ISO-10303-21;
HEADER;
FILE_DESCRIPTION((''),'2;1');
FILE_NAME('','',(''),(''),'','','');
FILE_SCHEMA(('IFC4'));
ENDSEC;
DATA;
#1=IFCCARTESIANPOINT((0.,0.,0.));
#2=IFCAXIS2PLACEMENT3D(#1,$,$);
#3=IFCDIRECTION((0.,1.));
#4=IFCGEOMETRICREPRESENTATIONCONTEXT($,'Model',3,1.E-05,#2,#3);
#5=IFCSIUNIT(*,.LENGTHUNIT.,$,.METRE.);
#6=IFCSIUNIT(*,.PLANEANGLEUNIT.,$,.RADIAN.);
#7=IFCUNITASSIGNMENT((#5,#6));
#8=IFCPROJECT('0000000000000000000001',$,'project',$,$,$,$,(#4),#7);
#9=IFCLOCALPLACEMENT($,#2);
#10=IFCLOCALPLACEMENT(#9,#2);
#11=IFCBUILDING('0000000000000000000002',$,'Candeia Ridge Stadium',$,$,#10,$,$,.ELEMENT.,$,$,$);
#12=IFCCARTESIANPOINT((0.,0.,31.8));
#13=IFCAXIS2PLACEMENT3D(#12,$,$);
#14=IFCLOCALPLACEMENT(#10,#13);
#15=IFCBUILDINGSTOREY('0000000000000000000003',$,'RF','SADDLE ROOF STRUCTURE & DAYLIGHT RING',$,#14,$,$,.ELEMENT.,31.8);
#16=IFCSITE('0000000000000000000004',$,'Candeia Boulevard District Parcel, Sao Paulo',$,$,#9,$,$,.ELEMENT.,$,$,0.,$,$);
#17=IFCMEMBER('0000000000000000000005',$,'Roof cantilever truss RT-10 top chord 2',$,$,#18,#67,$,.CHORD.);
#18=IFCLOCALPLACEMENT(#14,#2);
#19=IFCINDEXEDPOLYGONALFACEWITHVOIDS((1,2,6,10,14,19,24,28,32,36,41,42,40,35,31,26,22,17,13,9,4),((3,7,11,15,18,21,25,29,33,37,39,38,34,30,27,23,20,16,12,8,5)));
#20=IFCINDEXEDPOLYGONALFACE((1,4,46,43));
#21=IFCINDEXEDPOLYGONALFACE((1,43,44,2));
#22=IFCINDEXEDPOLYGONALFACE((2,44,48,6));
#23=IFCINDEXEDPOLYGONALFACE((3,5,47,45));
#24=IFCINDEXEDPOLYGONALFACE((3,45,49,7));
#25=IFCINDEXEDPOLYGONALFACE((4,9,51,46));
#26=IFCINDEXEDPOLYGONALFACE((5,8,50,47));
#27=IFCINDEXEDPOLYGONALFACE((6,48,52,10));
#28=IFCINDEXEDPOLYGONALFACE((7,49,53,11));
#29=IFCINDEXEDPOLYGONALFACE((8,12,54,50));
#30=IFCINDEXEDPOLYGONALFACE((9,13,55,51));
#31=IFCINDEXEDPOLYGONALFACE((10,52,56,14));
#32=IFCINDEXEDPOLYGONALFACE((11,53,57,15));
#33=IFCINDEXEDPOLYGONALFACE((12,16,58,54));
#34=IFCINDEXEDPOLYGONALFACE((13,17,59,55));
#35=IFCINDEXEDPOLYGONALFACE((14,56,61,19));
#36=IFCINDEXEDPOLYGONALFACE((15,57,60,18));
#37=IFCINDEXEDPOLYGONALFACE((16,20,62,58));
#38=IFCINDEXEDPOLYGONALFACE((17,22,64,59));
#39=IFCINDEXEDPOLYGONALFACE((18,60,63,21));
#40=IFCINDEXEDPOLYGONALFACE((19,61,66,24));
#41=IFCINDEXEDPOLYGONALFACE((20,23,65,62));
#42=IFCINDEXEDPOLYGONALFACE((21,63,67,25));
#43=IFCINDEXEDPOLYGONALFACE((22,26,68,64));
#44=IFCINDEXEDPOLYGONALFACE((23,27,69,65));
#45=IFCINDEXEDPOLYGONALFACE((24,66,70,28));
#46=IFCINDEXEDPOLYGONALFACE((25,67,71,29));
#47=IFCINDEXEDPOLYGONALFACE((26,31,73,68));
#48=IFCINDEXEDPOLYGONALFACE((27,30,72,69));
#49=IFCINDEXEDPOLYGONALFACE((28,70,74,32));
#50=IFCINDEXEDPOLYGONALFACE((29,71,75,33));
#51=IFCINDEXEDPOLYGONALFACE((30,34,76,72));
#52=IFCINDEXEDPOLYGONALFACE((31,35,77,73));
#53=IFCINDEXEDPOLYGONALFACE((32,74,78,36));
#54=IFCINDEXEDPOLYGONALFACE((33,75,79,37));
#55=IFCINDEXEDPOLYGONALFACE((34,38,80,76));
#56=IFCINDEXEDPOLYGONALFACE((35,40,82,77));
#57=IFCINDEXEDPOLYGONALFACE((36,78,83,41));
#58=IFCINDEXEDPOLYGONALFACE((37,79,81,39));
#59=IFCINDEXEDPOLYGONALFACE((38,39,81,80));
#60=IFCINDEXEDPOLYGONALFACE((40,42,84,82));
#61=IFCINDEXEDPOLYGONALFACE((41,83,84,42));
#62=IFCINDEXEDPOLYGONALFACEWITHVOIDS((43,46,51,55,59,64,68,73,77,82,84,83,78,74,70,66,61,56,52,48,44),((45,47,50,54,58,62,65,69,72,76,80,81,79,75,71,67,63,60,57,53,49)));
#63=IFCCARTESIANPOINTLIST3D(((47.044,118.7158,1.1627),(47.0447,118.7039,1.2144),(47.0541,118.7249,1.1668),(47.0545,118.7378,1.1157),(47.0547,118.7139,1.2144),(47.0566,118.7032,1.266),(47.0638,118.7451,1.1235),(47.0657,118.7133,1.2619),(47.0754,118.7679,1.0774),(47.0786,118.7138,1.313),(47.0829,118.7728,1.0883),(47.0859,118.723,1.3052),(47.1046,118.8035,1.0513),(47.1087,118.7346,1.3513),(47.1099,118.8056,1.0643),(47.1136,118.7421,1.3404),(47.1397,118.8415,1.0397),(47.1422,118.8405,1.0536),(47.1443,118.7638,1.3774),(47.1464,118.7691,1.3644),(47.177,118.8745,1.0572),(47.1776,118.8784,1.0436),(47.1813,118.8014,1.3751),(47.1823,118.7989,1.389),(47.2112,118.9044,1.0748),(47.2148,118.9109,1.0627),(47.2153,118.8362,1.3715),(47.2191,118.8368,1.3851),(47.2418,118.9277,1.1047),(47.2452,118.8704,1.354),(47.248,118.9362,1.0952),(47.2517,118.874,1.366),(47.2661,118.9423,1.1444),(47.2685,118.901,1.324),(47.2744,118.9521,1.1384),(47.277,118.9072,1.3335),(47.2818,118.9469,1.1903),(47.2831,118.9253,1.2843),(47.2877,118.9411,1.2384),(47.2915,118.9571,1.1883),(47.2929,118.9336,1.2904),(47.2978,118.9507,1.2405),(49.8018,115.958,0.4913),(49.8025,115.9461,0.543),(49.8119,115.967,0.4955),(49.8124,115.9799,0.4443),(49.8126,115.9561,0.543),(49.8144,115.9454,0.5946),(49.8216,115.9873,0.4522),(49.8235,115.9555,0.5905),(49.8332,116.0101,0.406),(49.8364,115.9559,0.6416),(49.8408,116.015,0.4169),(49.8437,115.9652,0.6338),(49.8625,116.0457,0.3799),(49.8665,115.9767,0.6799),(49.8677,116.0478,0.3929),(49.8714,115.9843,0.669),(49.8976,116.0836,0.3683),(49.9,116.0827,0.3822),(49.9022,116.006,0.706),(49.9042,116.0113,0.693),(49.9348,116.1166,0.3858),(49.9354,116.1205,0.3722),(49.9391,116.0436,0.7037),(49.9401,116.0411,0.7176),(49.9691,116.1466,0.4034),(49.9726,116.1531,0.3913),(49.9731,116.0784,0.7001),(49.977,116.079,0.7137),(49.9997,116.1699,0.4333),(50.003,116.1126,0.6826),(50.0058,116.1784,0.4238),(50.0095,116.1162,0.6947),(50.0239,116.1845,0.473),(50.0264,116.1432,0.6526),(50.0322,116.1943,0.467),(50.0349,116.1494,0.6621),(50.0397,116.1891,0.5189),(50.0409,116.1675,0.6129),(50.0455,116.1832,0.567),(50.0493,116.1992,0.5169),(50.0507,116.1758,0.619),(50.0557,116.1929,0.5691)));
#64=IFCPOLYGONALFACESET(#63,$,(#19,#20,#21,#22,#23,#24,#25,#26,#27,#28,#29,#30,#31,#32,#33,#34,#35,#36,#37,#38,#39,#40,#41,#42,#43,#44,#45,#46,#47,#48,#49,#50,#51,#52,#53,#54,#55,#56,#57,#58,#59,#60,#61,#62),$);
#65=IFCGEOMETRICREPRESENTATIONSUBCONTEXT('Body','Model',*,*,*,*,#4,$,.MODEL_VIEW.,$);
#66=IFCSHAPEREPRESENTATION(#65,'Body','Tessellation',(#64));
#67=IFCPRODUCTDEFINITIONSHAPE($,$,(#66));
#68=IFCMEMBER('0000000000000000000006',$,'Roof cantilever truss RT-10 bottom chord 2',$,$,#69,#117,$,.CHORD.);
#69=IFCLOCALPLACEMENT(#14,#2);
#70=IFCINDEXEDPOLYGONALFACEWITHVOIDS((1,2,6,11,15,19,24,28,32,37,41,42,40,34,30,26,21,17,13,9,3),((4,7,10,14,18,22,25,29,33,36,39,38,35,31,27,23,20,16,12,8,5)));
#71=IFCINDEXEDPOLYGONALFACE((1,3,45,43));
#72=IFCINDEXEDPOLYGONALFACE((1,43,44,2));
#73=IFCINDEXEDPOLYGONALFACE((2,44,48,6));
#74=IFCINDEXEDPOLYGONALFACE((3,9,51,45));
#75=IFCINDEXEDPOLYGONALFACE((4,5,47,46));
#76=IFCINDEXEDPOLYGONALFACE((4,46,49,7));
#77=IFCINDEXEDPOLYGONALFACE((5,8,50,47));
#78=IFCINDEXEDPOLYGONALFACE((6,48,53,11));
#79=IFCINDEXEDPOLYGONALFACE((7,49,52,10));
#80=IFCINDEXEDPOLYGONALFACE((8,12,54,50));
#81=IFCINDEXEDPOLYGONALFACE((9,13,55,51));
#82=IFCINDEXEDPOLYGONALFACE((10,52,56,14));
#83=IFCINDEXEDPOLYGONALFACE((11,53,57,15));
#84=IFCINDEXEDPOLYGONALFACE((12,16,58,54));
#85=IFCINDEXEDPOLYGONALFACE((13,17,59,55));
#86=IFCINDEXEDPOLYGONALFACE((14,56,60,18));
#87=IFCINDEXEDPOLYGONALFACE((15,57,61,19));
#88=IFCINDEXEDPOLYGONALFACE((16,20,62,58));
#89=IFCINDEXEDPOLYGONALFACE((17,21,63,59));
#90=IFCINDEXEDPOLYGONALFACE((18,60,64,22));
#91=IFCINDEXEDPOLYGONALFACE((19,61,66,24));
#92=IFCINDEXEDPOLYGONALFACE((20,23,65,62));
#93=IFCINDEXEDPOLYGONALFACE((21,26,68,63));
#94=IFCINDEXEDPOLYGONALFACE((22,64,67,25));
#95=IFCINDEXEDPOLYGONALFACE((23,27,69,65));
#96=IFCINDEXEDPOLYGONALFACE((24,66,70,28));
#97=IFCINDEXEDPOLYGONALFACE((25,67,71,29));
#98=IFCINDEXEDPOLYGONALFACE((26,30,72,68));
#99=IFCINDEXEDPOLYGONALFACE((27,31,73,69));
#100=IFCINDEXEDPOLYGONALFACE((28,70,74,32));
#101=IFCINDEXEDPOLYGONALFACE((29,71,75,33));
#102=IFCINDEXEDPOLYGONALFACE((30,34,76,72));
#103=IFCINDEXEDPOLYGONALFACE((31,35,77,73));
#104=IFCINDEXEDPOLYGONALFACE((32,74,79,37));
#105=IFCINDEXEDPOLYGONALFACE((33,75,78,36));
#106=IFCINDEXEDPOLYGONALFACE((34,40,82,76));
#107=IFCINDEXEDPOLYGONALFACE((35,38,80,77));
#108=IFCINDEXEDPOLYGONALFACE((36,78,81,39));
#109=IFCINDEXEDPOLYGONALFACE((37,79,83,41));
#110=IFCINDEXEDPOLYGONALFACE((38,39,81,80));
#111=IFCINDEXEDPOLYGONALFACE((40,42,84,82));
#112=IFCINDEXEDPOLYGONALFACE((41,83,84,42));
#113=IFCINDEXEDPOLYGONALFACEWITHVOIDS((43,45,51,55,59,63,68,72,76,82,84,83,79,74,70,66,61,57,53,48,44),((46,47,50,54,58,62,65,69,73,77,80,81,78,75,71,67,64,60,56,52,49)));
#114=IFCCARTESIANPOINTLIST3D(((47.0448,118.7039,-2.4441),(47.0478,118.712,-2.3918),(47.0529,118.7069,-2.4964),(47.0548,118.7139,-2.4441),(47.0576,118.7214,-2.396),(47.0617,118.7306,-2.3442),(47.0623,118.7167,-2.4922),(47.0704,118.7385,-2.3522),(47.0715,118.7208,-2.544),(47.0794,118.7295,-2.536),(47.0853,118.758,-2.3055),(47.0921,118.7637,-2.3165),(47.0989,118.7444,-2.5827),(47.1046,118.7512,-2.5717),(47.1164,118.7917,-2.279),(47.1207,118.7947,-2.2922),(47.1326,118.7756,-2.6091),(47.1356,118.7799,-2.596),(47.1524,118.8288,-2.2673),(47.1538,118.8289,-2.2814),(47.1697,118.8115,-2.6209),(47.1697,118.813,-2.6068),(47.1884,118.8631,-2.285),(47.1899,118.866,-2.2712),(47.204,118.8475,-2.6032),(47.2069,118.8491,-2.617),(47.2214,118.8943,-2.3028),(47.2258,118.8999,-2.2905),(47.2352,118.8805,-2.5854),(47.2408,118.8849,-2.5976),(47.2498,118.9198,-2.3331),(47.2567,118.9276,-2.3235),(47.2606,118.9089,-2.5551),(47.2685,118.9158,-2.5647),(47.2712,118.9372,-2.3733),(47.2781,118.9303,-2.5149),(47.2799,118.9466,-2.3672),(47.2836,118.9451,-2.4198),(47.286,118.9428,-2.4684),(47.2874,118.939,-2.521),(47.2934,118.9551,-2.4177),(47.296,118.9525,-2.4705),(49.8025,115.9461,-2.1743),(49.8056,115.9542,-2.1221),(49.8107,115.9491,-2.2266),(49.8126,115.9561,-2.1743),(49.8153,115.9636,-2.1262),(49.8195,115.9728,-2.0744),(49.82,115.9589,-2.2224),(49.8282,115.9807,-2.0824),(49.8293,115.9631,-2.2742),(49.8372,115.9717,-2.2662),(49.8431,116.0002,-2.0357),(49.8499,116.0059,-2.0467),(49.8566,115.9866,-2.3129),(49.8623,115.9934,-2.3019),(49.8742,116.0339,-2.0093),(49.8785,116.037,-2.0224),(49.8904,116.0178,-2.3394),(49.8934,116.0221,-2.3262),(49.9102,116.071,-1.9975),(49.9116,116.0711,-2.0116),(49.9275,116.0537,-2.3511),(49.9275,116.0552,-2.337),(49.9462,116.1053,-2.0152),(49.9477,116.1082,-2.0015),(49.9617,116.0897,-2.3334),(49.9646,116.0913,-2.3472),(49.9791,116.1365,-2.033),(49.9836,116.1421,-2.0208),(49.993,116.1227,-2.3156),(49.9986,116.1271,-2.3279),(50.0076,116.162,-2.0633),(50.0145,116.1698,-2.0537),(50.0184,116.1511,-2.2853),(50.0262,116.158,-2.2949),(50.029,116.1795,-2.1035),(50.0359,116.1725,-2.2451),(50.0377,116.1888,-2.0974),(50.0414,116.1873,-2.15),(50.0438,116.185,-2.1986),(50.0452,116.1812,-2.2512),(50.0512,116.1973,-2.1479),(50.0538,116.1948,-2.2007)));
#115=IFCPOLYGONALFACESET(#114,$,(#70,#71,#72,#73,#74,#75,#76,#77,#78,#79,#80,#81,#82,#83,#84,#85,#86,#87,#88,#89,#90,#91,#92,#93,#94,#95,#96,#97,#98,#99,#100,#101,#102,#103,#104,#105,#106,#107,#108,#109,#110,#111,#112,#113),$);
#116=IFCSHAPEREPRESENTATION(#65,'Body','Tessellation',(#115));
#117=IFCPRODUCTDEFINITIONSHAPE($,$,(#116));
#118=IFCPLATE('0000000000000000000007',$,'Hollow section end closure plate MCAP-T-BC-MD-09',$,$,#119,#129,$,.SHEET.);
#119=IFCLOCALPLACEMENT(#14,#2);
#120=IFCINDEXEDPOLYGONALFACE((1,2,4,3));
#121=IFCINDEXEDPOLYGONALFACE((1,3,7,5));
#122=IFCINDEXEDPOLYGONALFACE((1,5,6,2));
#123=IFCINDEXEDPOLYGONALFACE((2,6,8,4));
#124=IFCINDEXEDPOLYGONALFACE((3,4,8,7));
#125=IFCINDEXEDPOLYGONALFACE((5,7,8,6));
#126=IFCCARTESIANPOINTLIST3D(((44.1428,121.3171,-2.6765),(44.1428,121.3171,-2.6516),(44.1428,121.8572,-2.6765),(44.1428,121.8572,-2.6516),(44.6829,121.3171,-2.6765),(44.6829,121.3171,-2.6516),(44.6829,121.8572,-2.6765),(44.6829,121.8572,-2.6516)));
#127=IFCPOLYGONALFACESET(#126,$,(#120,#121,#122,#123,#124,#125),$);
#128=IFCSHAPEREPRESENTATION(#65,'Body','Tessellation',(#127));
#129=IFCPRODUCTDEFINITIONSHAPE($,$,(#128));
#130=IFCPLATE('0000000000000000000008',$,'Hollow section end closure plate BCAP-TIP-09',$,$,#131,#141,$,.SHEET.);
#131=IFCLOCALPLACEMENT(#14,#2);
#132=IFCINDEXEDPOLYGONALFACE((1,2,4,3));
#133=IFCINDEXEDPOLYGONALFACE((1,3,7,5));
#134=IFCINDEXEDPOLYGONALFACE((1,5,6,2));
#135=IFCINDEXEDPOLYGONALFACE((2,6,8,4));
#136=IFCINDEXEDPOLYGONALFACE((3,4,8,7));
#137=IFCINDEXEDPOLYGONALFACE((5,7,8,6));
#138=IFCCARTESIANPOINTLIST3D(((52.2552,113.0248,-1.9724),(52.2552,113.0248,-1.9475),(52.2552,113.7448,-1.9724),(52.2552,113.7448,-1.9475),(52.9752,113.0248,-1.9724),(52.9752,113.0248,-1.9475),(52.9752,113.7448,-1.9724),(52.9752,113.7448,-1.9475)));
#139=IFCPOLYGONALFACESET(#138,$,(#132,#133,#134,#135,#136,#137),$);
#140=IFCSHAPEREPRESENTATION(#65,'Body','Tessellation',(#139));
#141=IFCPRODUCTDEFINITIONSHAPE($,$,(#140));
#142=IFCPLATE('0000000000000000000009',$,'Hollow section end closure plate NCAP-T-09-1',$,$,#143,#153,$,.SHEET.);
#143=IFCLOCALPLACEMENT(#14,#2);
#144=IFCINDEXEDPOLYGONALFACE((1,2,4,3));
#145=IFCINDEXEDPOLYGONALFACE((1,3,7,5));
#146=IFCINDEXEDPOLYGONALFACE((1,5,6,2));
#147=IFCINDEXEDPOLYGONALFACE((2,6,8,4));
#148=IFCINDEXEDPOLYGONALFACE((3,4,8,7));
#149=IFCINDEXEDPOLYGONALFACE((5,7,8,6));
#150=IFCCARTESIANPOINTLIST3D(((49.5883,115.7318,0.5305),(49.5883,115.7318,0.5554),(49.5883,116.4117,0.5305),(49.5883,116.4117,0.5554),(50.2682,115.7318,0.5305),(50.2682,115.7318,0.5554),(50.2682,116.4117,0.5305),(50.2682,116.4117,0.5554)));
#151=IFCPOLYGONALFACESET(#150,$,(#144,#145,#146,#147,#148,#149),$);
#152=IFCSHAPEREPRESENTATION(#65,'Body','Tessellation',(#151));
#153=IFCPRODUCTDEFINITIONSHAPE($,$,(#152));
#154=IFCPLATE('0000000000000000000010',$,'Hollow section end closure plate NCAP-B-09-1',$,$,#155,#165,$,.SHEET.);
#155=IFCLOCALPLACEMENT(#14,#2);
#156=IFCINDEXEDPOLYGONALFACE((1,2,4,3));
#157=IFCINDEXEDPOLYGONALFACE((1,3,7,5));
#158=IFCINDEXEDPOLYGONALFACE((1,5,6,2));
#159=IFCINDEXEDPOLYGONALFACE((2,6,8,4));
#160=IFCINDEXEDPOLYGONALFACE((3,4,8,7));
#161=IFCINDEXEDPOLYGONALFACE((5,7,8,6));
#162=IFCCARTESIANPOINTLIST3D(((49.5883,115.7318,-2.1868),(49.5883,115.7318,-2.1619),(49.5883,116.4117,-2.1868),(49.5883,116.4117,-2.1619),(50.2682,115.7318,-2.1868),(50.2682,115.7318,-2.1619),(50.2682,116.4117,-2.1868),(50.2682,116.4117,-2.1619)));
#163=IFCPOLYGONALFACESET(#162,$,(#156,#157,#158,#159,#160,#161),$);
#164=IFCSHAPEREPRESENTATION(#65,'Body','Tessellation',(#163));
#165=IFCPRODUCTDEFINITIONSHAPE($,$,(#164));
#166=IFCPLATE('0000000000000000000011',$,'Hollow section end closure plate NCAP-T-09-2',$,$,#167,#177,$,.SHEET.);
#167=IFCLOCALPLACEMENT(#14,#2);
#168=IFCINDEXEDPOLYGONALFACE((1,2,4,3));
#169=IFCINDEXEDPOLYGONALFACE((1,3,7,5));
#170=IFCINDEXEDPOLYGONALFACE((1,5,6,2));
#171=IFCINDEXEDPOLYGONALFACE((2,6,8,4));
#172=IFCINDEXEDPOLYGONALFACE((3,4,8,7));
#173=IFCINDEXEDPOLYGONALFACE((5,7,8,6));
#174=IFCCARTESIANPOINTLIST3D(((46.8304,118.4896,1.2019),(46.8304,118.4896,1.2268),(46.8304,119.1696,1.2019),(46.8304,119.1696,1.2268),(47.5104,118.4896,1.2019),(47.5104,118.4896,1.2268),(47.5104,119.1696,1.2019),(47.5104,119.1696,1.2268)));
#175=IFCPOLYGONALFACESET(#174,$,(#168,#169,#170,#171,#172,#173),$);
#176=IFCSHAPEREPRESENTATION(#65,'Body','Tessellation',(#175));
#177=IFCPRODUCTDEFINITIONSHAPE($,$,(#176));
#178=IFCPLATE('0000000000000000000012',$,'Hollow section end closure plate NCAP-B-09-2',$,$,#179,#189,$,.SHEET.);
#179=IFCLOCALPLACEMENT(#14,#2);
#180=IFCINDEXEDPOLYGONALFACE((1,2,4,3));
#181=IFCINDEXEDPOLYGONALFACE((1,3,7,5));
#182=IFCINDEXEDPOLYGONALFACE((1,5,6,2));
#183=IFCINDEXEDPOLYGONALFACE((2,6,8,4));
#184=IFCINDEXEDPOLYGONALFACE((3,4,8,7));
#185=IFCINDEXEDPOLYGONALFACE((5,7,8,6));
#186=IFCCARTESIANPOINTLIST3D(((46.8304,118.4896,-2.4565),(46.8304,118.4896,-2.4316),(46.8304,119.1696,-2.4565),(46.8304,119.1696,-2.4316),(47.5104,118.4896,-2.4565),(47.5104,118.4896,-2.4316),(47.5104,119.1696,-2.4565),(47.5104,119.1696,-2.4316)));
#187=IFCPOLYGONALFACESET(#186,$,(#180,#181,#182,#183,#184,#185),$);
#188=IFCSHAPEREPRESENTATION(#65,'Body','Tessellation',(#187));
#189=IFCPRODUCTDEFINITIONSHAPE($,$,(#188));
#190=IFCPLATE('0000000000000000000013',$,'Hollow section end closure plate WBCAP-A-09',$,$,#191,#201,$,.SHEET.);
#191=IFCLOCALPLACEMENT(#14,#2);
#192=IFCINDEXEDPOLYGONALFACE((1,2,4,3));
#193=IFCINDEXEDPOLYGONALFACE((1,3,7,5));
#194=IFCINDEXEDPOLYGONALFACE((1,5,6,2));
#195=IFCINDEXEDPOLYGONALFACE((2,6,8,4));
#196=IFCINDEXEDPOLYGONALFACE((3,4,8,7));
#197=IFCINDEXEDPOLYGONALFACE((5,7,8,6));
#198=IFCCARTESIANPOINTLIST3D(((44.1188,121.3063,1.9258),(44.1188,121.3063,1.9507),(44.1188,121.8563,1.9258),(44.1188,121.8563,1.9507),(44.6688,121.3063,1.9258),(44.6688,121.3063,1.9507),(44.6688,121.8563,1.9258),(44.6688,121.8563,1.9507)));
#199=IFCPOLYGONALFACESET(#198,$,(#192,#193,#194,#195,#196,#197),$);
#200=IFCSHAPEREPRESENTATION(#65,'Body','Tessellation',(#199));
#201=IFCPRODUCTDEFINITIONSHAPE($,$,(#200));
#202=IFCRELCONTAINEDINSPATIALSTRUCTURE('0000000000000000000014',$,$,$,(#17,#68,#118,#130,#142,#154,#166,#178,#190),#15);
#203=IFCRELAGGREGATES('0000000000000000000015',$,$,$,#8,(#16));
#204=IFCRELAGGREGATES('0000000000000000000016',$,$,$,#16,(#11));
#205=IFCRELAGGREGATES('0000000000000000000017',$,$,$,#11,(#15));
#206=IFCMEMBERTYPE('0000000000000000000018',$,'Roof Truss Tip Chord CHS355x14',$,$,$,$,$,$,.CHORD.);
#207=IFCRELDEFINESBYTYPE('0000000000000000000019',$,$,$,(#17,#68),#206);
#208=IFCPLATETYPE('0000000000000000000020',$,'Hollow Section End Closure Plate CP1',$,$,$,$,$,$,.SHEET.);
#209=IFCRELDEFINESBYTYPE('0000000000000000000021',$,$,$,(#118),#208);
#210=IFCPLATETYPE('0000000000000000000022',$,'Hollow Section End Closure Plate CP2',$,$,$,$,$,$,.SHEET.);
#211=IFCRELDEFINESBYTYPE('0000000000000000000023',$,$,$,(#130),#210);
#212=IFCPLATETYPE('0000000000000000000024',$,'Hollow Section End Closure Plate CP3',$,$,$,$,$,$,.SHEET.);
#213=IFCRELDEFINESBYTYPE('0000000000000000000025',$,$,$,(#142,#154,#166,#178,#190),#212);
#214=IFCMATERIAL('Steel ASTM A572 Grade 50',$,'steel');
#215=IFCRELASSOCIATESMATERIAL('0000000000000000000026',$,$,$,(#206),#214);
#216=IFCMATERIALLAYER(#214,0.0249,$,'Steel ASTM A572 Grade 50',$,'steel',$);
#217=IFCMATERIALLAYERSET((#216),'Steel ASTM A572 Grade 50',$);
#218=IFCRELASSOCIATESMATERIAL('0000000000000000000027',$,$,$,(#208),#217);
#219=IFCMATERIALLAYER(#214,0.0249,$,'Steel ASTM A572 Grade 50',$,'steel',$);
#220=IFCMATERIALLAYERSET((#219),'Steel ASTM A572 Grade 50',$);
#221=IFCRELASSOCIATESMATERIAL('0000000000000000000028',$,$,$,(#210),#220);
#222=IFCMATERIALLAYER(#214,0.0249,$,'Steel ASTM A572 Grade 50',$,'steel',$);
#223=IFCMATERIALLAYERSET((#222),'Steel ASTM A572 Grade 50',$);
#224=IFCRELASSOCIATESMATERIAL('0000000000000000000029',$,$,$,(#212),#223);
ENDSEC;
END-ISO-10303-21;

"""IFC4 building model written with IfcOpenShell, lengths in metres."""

from ifc_helpers import new_model, si_unit, direction, frame, origin, origin_2d, place, context, subcontext, project, spatial, rectangle, hollow_circle, extrude, material, layer, layer_set, material_profile, profile_set, type_object, element, save


model = new_model("IFC4")

# Units and contexts
model_context = context("Model", 3, precision=1e-05, world=origin(), true_north=direction((0.0, 1.0)))
body_context = subcontext(model_context, "Body", "Model", "MODEL_VIEW")
ifc_project = project(units=[si_unit("LENGTHUNIT", "METRE"), si_unit("PLANEANGLEUNIT", "RADIAN")], contexts=[model_context])

# Site, building, storey
site_placement = place(None, origin())
site = spatial("IfcSite", under=ifc_project, at=site_placement, Name="Candeia Boulevard District Parcel, Sao Paulo", CompositionType="ELEMENT", RefElevation=0.0)
building_placement = place(site_placement, origin())
building = spatial("IfcBuilding", under=site, at=building_placement, Name="Candeia Ridge Stadium", CompositionType="ELEMENT")
storey_placement = place(building_placement, frame((0.0, 0.0, 31.8)))
storey = spatial("IfcBuildingStorey", under=building, at=storey_placement, Name="RF", Description="SADDLE ROOF STRUCTURE & DAYLIGHT RING", CompositionType="ELEMENT", Elevation=31.8)

# Shared definitions
ifc_material_1 = material(Name="Steel ASTM A572 Grade 50", Category="steel")

# Members
ifc_material_profile_1 = material_profile(ifc_material_1, hollow_circle(Radius=0.1777, WallThickness=0.0142, at=origin_2d()), Name="CHS355x14", Category="steel")
ifc_profile_set_1 = profile_set([ifc_material_profile_1], Name="Steel ASTM A572 Grade 50")
member_type_1 = type_object("IfcMemberType", Name="Roof Truss Tip Chord CHS355x14", PredefinedType="CHORD", material=ifc_profile_set_1)
member_1_placement = place(storey_placement, frame((49.9282, 116.0718, 0.543), z_axis=(-0.696857, 0.696857, 0.169649), x_axis=(-0.707107, -0.707107, 0.0)))
element("IfcMember", 1, at=member_1_placement, inside=storey, type_object=member_type_1, Name="Roof cantilever truss RT-10 top chord 2", PredefinedType="CHORD", context=body_context, shape_type="SweptSolid", body=[
    extrude(hollow_circle(Radius=0.1777, WallThickness=0.0142, at=origin_2d()), origin(), (0.0, 0.0, 1.0), 3.9575),
])
member_2_placement = place(storey_placement, frame((49.9282, 116.0718, -2.1743), z_axis=(-0.705421, 0.705421, -0.069006), x_axis=(-0.707107, -0.707107, 0.0)))
element("IfcMember", 2, at=member_2_placement, inside=storey, type_object=member_type_1, Name="Roof cantilever truss RT-10 bottom chord 2", PredefinedType="CHORD", context=body_context, shape_type="SweptSolid", body=[
    extrude(hollow_circle(Radius=0.1777, WallThickness=0.0142, at=origin_2d()), origin(), (0.0, 0.0, 1.0), 3.9094),
])

# Plates
ifc_layer_1 = layer(ifc_material_1, 0.0249, Name="Steel ASTM A572 Grade 50", Category="steel")
ifc_layer_set_1 = layer_set([ifc_layer_1], Name="Steel ASTM A572 Grade 50")
plate_type_1 = type_object("IfcPlateType", Name="Hollow Section End Closure Plate CP1", PredefinedType="SHEET", material=ifc_layer_set_1)
plate_1_placement = place(storey_placement, frame((44.4128, 121.5872, -2.6765), z_axis=(0.0, 0.0, 1.0), x_axis=(1.0, 0.0, 0.0)))
element("IfcPlate", 3, at=plate_1_placement, inside=storey, type_object=plate_type_1, Name="Hollow section end closure plate MCAP-T-BC-MD-09", PredefinedType="SHEET", context=body_context, shape_type="SweptSolid", body=[
    extrude(rectangle(XDim=0.54, YDim=0.54, at=origin_2d()), origin(), (0.0, 0.0, 1.0), 0.0249),
])
ifc_layer_2 = layer(ifc_material_1, 0.0249, Name="Steel ASTM A572 Grade 50", Category="steel")
ifc_layer_set_2 = layer_set([ifc_layer_2], Name="Steel ASTM A572 Grade 50")
plate_type_2 = type_object("IfcPlateType", Name="Hollow Section End Closure Plate CP2", PredefinedType="SHEET", material=ifc_layer_set_2)
plate_2_placement = place(storey_placement, frame((52.6152, 113.3848, -1.9724), z_axis=(0.0, 0.0, 1.0), x_axis=(1.0, 0.0, 0.0)))
element("IfcPlate", 4, at=plate_2_placement, inside=storey, type_object=plate_type_2, Name="Hollow section end closure plate BCAP-TIP-09", PredefinedType="SHEET", context=body_context, shape_type="SweptSolid", body=[
    extrude(rectangle(XDim=0.72, YDim=0.72, at=origin_2d()), origin(), (0.0, 0.0, 1.0), 0.0249),
])
ifc_layer_3 = layer(ifc_material_1, 0.0249, Name="Steel ASTM A572 Grade 50", Category="steel")
ifc_layer_set_3 = layer_set([ifc_layer_3], Name="Steel ASTM A572 Grade 50")
plate_type_3 = type_object("IfcPlateType", Name="Hollow Section End Closure Plate CP3", PredefinedType="SHEET", material=ifc_layer_set_3)
for number, where, z_axis, x_axis, name in (
    (5, (49.9282, 116.0718, 0.5305), (0.0, 0.0, 1.0), (1.0, 0.0, 0.0), "Hollow section end closure plate NCAP-T-09-1"),
    (6, (49.9282, 116.0718, -2.1868), (0.0, 0.0, 1.0), (1.0, 0.0, 0.0), "Hollow section end closure plate NCAP-B-09-1"),
    (7, (47.1704, 118.8296, 1.2019), (0.0, 0.0, 1.0), (1.0, 0.0, 0.0), "Hollow section end closure plate NCAP-T-09-2"),
    (8, (47.1704, 118.8296, -2.4565), (0.0, 0.0, 1.0), (1.0, 0.0, 0.0), "Hollow section end closure plate NCAP-B-09-2"),
):
    element("IfcPlate", number, at=place(storey_placement, frame(where, z_axis=z_axis, x_axis=x_axis)), inside=storey, type_object=plate_type_3, Name=name, PredefinedType="SHEET", context=body_context, shape_type="SweptSolid", body=[
        extrude(rectangle(XDim=0.6799, YDim=0.6799, at=origin_2d()), origin(), (0.0, 0.0, 1.0), 0.0249),
    ])
plate_3_placement = place(storey_placement, frame((44.3938, 121.5813, 1.9258), z_axis=(0.0, 0.0, 1.0), x_axis=(1.0, 0.0, 0.0)))
element("IfcPlate", 9, at=plate_3_placement, inside=storey, type_object=plate_type_3, Name="Hollow section end closure plate WBCAP-A-09", PredefinedType="SHEET", context=body_context, shape_type="SweptSolid", body=[
    extrude(rectangle(XDim=0.55, YDim=0.55, at=origin_2d()), origin(), (0.0, 0.0, 1.0), 0.0249),
])

save(model, "model.ifc")
